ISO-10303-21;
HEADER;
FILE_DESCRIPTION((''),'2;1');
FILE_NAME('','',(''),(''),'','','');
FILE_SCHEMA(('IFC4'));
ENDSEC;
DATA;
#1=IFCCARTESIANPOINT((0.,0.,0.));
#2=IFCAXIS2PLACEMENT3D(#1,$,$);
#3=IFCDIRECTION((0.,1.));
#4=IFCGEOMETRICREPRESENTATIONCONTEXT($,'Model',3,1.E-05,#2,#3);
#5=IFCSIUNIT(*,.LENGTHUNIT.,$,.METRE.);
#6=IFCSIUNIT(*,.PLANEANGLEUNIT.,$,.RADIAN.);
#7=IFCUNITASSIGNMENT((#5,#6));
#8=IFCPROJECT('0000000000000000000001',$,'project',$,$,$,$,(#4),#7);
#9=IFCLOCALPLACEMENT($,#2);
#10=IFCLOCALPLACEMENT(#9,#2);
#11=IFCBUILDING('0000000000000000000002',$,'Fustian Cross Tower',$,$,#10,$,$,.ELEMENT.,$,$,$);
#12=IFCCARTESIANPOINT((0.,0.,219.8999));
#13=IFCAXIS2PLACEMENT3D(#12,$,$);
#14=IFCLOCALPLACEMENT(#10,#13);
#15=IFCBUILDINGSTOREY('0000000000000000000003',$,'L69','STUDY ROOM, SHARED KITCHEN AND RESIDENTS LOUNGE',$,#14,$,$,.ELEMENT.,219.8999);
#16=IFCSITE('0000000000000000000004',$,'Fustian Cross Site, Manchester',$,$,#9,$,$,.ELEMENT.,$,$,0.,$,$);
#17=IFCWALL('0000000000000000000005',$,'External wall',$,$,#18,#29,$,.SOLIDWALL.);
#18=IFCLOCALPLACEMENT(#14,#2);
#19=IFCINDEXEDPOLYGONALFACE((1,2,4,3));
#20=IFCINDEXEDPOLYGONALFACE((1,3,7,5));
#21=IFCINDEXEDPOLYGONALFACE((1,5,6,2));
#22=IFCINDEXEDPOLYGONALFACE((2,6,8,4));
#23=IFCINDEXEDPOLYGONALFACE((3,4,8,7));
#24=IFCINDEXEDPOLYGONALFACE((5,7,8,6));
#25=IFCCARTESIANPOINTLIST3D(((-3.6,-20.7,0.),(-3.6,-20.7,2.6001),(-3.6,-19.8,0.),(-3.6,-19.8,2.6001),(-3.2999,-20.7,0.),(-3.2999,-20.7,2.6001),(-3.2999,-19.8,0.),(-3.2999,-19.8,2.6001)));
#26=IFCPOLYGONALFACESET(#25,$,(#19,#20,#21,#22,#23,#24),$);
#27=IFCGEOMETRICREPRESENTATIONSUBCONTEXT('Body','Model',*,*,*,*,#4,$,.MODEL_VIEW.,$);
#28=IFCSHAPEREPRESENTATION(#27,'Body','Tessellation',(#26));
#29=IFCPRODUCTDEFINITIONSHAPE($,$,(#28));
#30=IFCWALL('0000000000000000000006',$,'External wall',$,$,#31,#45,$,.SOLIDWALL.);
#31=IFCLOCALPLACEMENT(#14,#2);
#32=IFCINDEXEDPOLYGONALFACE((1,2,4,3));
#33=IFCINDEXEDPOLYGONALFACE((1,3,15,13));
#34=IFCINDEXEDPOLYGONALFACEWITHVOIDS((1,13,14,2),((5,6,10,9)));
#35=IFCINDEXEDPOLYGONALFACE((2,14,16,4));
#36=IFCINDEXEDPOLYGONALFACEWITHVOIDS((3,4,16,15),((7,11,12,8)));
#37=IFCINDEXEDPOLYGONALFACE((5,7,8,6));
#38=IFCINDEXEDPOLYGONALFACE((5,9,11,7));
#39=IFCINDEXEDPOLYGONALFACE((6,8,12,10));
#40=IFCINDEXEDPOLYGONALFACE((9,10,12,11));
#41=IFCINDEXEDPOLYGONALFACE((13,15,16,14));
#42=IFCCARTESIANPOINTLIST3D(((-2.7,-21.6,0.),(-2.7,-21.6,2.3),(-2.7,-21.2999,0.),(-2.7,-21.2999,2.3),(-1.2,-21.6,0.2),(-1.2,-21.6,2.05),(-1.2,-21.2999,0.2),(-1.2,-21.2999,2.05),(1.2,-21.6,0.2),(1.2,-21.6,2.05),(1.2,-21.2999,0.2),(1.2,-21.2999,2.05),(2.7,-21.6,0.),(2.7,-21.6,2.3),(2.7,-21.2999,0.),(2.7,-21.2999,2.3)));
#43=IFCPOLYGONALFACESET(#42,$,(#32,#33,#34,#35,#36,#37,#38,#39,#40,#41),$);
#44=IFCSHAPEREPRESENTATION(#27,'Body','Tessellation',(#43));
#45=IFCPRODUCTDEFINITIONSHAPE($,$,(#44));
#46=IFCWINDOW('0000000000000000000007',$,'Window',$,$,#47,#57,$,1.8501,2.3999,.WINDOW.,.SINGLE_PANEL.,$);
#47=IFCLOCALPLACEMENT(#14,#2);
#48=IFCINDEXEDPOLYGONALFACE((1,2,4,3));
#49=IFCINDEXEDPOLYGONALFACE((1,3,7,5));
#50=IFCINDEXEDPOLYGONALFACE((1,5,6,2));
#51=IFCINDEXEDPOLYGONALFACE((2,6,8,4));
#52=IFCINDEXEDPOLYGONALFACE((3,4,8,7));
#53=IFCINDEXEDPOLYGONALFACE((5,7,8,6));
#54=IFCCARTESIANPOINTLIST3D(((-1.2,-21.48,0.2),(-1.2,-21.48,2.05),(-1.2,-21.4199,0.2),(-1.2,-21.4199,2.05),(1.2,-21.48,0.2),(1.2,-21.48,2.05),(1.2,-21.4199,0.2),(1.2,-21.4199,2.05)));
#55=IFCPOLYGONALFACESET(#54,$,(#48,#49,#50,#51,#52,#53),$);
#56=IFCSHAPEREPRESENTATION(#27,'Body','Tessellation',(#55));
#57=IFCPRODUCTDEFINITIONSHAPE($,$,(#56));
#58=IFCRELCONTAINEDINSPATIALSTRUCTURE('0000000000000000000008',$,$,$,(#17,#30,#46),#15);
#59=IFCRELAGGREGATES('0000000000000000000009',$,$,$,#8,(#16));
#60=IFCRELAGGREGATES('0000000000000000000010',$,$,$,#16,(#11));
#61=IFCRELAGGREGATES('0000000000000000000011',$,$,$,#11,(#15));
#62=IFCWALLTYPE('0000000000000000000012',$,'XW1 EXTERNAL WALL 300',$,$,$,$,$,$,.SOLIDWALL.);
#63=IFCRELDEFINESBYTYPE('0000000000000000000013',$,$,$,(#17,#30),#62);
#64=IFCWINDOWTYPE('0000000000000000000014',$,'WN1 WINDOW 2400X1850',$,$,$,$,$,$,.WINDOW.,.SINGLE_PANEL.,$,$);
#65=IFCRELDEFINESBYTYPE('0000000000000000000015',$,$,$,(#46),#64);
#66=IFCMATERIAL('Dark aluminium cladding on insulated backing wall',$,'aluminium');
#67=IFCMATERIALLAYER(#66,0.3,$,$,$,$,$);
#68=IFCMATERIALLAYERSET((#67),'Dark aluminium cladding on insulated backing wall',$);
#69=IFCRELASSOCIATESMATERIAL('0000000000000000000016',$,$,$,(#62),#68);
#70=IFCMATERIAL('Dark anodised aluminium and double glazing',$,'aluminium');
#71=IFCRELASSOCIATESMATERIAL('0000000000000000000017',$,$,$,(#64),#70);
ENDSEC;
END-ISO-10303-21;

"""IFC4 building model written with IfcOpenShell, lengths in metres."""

from ifc_helpers import new_model, si_unit, direction, frame, frame_2d, origin, place, context, subcontext, project, spatial, rectangle, extrude, material, layer, layer_set, type_object, element, fill, save


model = new_model("IFC4")

# Units and contexts
model_context = context("Model", 3, precision=1e-05, world=origin(), true_north=direction((0.0, 1.0)))
body_context = subcontext(model_context, "Body", "Model", "MODEL_VIEW")
ifc_project = project(units=[si_unit("LENGTHUNIT", "METRE"), si_unit("PLANEANGLEUNIT", "RADIAN")], contexts=[model_context])

# Site, building, storey
site_placement = place(None, origin())
site = spatial("IfcSite", under=ifc_project, at=site_placement, Name="Fustian Cross Site, Manchester", CompositionType="ELEMENT", RefElevation=0.0)
building_placement = place(site_placement, origin())
building = spatial("IfcBuilding", under=site, at=building_placement, Name="Fustian Cross Tower", CompositionType="ELEMENT")
storey_placement = place(building_placement, frame((0.0, 0.0, 219.8999)))
storey = spatial("IfcBuildingStorey", under=building, at=storey_placement, Name="L69", Description="STUDY ROOM, SHARED KITCHEN AND RESIDENTS LOUNGE", CompositionType="ELEMENT", Elevation=219.8999)

# Shared definitions
ifc_material_1 = material(Name="Dark aluminium cladding on insulated backing wall", Category="aluminium")
ifc_layer_1 = layer(ifc_material_1, 0.3)
ifc_layer_set_1 = layer_set([ifc_layer_1], Name="Dark aluminium cladding on insulated backing wall")
wall_type_1 = type_object("IfcWallType", Name="XW1 EXTERNAL WALL 300", PredefinedType="SOLIDWALL", material=ifc_layer_set_1)

# Wall
wall_1_placement = place(storey_placement, frame((-3.45, -19.8, 0.0), z_axis=(0.0, 0.0, 1.0), x_axis=(0.0, -1.0, 0.0)))
element("IfcWall", 1, at=wall_1_placement, inside=storey, type_object=wall_type_1, Name="External wall", PredefinedType="SOLIDWALL", context=body_context, shape_type="SweptSolid", body=[
    extrude(rectangle(XDim=0.8999, YDim=0.3, at=frame_2d((0.45, 0.0))), origin(), (0.0, 0.0, 1.0), 2.6001),
])

# Wall, opening, window
wall_2_placement = place(storey_placement, frame((-2.7, -21.45, 0.0), z_axis=(0.0, 0.0, 1.0), x_axis=(1.0, 0.0, 0.0)))
wall_2 = element("IfcWall", 2, at=wall_2_placement, inside=storey, type_object=wall_type_1, Name="External wall", PredefinedType="SOLIDWALL", context=body_context, shape_type="SweptSolid", body=[
    extrude(rectangle(XDim=5.3999, YDim=0.3, at=frame_2d((2.7, 0.0))), origin(), (0.0, 0.0, 1.0), 2.3),
])
opening_1_placement = place(wall_2_placement, frame((1.5, 0.0, 0.2)))
opening_1 = element("IfcOpeningElement", 3, at=opening_1_placement, cuts=wall_2, PredefinedType="OPENING", context=body_context, shape_type="SweptSolid", body=[
    extrude(rectangle(XDim=2.3999, YDim=1.8501, at=frame_2d((1.2, 0.925))), frame((0.0, 0.1599, 0.0), z_axis=(0.0, -1.0, 0.0), x_axis=(1.0, 0.0, 0.0)), (0.0, 0.0, 1.0), 0.3201),
])
ifc_material_2 = material(Name="Dark anodised aluminium and double glazing", Category="aluminium")
window_type_1 = type_object("IfcWindowType", Name="WN1 WINDOW 2400X1850", PartitioningType="SINGLE_PANEL", PredefinedType="WINDOW", material=ifc_material_2)
window_1_placement = place(opening_1_placement, origin())
window_1 = element("IfcWindow", 4, at=window_1_placement, inside=storey, type_object=window_type_1, Name="Window", OverallHeight=1.8501, OverallWidth=2.3999, PartitioningType="SINGLE_PANEL", PredefinedType="WINDOW", context=body_context, shape_type="SweptSolid", body=[
    extrude(rectangle(XDim=2.3999, YDim=1.8501, at=frame_2d((1.2, 0.925))), frame((0.0, 0.03, 0.0), z_axis=(0.0, -1.0, 0.0), x_axis=(1.0, 0.0, 0.0)), (0.0, 0.0, 1.0), 0.0601),
])
fill(opening_1, window_1)

save(model, "model.ifc")
